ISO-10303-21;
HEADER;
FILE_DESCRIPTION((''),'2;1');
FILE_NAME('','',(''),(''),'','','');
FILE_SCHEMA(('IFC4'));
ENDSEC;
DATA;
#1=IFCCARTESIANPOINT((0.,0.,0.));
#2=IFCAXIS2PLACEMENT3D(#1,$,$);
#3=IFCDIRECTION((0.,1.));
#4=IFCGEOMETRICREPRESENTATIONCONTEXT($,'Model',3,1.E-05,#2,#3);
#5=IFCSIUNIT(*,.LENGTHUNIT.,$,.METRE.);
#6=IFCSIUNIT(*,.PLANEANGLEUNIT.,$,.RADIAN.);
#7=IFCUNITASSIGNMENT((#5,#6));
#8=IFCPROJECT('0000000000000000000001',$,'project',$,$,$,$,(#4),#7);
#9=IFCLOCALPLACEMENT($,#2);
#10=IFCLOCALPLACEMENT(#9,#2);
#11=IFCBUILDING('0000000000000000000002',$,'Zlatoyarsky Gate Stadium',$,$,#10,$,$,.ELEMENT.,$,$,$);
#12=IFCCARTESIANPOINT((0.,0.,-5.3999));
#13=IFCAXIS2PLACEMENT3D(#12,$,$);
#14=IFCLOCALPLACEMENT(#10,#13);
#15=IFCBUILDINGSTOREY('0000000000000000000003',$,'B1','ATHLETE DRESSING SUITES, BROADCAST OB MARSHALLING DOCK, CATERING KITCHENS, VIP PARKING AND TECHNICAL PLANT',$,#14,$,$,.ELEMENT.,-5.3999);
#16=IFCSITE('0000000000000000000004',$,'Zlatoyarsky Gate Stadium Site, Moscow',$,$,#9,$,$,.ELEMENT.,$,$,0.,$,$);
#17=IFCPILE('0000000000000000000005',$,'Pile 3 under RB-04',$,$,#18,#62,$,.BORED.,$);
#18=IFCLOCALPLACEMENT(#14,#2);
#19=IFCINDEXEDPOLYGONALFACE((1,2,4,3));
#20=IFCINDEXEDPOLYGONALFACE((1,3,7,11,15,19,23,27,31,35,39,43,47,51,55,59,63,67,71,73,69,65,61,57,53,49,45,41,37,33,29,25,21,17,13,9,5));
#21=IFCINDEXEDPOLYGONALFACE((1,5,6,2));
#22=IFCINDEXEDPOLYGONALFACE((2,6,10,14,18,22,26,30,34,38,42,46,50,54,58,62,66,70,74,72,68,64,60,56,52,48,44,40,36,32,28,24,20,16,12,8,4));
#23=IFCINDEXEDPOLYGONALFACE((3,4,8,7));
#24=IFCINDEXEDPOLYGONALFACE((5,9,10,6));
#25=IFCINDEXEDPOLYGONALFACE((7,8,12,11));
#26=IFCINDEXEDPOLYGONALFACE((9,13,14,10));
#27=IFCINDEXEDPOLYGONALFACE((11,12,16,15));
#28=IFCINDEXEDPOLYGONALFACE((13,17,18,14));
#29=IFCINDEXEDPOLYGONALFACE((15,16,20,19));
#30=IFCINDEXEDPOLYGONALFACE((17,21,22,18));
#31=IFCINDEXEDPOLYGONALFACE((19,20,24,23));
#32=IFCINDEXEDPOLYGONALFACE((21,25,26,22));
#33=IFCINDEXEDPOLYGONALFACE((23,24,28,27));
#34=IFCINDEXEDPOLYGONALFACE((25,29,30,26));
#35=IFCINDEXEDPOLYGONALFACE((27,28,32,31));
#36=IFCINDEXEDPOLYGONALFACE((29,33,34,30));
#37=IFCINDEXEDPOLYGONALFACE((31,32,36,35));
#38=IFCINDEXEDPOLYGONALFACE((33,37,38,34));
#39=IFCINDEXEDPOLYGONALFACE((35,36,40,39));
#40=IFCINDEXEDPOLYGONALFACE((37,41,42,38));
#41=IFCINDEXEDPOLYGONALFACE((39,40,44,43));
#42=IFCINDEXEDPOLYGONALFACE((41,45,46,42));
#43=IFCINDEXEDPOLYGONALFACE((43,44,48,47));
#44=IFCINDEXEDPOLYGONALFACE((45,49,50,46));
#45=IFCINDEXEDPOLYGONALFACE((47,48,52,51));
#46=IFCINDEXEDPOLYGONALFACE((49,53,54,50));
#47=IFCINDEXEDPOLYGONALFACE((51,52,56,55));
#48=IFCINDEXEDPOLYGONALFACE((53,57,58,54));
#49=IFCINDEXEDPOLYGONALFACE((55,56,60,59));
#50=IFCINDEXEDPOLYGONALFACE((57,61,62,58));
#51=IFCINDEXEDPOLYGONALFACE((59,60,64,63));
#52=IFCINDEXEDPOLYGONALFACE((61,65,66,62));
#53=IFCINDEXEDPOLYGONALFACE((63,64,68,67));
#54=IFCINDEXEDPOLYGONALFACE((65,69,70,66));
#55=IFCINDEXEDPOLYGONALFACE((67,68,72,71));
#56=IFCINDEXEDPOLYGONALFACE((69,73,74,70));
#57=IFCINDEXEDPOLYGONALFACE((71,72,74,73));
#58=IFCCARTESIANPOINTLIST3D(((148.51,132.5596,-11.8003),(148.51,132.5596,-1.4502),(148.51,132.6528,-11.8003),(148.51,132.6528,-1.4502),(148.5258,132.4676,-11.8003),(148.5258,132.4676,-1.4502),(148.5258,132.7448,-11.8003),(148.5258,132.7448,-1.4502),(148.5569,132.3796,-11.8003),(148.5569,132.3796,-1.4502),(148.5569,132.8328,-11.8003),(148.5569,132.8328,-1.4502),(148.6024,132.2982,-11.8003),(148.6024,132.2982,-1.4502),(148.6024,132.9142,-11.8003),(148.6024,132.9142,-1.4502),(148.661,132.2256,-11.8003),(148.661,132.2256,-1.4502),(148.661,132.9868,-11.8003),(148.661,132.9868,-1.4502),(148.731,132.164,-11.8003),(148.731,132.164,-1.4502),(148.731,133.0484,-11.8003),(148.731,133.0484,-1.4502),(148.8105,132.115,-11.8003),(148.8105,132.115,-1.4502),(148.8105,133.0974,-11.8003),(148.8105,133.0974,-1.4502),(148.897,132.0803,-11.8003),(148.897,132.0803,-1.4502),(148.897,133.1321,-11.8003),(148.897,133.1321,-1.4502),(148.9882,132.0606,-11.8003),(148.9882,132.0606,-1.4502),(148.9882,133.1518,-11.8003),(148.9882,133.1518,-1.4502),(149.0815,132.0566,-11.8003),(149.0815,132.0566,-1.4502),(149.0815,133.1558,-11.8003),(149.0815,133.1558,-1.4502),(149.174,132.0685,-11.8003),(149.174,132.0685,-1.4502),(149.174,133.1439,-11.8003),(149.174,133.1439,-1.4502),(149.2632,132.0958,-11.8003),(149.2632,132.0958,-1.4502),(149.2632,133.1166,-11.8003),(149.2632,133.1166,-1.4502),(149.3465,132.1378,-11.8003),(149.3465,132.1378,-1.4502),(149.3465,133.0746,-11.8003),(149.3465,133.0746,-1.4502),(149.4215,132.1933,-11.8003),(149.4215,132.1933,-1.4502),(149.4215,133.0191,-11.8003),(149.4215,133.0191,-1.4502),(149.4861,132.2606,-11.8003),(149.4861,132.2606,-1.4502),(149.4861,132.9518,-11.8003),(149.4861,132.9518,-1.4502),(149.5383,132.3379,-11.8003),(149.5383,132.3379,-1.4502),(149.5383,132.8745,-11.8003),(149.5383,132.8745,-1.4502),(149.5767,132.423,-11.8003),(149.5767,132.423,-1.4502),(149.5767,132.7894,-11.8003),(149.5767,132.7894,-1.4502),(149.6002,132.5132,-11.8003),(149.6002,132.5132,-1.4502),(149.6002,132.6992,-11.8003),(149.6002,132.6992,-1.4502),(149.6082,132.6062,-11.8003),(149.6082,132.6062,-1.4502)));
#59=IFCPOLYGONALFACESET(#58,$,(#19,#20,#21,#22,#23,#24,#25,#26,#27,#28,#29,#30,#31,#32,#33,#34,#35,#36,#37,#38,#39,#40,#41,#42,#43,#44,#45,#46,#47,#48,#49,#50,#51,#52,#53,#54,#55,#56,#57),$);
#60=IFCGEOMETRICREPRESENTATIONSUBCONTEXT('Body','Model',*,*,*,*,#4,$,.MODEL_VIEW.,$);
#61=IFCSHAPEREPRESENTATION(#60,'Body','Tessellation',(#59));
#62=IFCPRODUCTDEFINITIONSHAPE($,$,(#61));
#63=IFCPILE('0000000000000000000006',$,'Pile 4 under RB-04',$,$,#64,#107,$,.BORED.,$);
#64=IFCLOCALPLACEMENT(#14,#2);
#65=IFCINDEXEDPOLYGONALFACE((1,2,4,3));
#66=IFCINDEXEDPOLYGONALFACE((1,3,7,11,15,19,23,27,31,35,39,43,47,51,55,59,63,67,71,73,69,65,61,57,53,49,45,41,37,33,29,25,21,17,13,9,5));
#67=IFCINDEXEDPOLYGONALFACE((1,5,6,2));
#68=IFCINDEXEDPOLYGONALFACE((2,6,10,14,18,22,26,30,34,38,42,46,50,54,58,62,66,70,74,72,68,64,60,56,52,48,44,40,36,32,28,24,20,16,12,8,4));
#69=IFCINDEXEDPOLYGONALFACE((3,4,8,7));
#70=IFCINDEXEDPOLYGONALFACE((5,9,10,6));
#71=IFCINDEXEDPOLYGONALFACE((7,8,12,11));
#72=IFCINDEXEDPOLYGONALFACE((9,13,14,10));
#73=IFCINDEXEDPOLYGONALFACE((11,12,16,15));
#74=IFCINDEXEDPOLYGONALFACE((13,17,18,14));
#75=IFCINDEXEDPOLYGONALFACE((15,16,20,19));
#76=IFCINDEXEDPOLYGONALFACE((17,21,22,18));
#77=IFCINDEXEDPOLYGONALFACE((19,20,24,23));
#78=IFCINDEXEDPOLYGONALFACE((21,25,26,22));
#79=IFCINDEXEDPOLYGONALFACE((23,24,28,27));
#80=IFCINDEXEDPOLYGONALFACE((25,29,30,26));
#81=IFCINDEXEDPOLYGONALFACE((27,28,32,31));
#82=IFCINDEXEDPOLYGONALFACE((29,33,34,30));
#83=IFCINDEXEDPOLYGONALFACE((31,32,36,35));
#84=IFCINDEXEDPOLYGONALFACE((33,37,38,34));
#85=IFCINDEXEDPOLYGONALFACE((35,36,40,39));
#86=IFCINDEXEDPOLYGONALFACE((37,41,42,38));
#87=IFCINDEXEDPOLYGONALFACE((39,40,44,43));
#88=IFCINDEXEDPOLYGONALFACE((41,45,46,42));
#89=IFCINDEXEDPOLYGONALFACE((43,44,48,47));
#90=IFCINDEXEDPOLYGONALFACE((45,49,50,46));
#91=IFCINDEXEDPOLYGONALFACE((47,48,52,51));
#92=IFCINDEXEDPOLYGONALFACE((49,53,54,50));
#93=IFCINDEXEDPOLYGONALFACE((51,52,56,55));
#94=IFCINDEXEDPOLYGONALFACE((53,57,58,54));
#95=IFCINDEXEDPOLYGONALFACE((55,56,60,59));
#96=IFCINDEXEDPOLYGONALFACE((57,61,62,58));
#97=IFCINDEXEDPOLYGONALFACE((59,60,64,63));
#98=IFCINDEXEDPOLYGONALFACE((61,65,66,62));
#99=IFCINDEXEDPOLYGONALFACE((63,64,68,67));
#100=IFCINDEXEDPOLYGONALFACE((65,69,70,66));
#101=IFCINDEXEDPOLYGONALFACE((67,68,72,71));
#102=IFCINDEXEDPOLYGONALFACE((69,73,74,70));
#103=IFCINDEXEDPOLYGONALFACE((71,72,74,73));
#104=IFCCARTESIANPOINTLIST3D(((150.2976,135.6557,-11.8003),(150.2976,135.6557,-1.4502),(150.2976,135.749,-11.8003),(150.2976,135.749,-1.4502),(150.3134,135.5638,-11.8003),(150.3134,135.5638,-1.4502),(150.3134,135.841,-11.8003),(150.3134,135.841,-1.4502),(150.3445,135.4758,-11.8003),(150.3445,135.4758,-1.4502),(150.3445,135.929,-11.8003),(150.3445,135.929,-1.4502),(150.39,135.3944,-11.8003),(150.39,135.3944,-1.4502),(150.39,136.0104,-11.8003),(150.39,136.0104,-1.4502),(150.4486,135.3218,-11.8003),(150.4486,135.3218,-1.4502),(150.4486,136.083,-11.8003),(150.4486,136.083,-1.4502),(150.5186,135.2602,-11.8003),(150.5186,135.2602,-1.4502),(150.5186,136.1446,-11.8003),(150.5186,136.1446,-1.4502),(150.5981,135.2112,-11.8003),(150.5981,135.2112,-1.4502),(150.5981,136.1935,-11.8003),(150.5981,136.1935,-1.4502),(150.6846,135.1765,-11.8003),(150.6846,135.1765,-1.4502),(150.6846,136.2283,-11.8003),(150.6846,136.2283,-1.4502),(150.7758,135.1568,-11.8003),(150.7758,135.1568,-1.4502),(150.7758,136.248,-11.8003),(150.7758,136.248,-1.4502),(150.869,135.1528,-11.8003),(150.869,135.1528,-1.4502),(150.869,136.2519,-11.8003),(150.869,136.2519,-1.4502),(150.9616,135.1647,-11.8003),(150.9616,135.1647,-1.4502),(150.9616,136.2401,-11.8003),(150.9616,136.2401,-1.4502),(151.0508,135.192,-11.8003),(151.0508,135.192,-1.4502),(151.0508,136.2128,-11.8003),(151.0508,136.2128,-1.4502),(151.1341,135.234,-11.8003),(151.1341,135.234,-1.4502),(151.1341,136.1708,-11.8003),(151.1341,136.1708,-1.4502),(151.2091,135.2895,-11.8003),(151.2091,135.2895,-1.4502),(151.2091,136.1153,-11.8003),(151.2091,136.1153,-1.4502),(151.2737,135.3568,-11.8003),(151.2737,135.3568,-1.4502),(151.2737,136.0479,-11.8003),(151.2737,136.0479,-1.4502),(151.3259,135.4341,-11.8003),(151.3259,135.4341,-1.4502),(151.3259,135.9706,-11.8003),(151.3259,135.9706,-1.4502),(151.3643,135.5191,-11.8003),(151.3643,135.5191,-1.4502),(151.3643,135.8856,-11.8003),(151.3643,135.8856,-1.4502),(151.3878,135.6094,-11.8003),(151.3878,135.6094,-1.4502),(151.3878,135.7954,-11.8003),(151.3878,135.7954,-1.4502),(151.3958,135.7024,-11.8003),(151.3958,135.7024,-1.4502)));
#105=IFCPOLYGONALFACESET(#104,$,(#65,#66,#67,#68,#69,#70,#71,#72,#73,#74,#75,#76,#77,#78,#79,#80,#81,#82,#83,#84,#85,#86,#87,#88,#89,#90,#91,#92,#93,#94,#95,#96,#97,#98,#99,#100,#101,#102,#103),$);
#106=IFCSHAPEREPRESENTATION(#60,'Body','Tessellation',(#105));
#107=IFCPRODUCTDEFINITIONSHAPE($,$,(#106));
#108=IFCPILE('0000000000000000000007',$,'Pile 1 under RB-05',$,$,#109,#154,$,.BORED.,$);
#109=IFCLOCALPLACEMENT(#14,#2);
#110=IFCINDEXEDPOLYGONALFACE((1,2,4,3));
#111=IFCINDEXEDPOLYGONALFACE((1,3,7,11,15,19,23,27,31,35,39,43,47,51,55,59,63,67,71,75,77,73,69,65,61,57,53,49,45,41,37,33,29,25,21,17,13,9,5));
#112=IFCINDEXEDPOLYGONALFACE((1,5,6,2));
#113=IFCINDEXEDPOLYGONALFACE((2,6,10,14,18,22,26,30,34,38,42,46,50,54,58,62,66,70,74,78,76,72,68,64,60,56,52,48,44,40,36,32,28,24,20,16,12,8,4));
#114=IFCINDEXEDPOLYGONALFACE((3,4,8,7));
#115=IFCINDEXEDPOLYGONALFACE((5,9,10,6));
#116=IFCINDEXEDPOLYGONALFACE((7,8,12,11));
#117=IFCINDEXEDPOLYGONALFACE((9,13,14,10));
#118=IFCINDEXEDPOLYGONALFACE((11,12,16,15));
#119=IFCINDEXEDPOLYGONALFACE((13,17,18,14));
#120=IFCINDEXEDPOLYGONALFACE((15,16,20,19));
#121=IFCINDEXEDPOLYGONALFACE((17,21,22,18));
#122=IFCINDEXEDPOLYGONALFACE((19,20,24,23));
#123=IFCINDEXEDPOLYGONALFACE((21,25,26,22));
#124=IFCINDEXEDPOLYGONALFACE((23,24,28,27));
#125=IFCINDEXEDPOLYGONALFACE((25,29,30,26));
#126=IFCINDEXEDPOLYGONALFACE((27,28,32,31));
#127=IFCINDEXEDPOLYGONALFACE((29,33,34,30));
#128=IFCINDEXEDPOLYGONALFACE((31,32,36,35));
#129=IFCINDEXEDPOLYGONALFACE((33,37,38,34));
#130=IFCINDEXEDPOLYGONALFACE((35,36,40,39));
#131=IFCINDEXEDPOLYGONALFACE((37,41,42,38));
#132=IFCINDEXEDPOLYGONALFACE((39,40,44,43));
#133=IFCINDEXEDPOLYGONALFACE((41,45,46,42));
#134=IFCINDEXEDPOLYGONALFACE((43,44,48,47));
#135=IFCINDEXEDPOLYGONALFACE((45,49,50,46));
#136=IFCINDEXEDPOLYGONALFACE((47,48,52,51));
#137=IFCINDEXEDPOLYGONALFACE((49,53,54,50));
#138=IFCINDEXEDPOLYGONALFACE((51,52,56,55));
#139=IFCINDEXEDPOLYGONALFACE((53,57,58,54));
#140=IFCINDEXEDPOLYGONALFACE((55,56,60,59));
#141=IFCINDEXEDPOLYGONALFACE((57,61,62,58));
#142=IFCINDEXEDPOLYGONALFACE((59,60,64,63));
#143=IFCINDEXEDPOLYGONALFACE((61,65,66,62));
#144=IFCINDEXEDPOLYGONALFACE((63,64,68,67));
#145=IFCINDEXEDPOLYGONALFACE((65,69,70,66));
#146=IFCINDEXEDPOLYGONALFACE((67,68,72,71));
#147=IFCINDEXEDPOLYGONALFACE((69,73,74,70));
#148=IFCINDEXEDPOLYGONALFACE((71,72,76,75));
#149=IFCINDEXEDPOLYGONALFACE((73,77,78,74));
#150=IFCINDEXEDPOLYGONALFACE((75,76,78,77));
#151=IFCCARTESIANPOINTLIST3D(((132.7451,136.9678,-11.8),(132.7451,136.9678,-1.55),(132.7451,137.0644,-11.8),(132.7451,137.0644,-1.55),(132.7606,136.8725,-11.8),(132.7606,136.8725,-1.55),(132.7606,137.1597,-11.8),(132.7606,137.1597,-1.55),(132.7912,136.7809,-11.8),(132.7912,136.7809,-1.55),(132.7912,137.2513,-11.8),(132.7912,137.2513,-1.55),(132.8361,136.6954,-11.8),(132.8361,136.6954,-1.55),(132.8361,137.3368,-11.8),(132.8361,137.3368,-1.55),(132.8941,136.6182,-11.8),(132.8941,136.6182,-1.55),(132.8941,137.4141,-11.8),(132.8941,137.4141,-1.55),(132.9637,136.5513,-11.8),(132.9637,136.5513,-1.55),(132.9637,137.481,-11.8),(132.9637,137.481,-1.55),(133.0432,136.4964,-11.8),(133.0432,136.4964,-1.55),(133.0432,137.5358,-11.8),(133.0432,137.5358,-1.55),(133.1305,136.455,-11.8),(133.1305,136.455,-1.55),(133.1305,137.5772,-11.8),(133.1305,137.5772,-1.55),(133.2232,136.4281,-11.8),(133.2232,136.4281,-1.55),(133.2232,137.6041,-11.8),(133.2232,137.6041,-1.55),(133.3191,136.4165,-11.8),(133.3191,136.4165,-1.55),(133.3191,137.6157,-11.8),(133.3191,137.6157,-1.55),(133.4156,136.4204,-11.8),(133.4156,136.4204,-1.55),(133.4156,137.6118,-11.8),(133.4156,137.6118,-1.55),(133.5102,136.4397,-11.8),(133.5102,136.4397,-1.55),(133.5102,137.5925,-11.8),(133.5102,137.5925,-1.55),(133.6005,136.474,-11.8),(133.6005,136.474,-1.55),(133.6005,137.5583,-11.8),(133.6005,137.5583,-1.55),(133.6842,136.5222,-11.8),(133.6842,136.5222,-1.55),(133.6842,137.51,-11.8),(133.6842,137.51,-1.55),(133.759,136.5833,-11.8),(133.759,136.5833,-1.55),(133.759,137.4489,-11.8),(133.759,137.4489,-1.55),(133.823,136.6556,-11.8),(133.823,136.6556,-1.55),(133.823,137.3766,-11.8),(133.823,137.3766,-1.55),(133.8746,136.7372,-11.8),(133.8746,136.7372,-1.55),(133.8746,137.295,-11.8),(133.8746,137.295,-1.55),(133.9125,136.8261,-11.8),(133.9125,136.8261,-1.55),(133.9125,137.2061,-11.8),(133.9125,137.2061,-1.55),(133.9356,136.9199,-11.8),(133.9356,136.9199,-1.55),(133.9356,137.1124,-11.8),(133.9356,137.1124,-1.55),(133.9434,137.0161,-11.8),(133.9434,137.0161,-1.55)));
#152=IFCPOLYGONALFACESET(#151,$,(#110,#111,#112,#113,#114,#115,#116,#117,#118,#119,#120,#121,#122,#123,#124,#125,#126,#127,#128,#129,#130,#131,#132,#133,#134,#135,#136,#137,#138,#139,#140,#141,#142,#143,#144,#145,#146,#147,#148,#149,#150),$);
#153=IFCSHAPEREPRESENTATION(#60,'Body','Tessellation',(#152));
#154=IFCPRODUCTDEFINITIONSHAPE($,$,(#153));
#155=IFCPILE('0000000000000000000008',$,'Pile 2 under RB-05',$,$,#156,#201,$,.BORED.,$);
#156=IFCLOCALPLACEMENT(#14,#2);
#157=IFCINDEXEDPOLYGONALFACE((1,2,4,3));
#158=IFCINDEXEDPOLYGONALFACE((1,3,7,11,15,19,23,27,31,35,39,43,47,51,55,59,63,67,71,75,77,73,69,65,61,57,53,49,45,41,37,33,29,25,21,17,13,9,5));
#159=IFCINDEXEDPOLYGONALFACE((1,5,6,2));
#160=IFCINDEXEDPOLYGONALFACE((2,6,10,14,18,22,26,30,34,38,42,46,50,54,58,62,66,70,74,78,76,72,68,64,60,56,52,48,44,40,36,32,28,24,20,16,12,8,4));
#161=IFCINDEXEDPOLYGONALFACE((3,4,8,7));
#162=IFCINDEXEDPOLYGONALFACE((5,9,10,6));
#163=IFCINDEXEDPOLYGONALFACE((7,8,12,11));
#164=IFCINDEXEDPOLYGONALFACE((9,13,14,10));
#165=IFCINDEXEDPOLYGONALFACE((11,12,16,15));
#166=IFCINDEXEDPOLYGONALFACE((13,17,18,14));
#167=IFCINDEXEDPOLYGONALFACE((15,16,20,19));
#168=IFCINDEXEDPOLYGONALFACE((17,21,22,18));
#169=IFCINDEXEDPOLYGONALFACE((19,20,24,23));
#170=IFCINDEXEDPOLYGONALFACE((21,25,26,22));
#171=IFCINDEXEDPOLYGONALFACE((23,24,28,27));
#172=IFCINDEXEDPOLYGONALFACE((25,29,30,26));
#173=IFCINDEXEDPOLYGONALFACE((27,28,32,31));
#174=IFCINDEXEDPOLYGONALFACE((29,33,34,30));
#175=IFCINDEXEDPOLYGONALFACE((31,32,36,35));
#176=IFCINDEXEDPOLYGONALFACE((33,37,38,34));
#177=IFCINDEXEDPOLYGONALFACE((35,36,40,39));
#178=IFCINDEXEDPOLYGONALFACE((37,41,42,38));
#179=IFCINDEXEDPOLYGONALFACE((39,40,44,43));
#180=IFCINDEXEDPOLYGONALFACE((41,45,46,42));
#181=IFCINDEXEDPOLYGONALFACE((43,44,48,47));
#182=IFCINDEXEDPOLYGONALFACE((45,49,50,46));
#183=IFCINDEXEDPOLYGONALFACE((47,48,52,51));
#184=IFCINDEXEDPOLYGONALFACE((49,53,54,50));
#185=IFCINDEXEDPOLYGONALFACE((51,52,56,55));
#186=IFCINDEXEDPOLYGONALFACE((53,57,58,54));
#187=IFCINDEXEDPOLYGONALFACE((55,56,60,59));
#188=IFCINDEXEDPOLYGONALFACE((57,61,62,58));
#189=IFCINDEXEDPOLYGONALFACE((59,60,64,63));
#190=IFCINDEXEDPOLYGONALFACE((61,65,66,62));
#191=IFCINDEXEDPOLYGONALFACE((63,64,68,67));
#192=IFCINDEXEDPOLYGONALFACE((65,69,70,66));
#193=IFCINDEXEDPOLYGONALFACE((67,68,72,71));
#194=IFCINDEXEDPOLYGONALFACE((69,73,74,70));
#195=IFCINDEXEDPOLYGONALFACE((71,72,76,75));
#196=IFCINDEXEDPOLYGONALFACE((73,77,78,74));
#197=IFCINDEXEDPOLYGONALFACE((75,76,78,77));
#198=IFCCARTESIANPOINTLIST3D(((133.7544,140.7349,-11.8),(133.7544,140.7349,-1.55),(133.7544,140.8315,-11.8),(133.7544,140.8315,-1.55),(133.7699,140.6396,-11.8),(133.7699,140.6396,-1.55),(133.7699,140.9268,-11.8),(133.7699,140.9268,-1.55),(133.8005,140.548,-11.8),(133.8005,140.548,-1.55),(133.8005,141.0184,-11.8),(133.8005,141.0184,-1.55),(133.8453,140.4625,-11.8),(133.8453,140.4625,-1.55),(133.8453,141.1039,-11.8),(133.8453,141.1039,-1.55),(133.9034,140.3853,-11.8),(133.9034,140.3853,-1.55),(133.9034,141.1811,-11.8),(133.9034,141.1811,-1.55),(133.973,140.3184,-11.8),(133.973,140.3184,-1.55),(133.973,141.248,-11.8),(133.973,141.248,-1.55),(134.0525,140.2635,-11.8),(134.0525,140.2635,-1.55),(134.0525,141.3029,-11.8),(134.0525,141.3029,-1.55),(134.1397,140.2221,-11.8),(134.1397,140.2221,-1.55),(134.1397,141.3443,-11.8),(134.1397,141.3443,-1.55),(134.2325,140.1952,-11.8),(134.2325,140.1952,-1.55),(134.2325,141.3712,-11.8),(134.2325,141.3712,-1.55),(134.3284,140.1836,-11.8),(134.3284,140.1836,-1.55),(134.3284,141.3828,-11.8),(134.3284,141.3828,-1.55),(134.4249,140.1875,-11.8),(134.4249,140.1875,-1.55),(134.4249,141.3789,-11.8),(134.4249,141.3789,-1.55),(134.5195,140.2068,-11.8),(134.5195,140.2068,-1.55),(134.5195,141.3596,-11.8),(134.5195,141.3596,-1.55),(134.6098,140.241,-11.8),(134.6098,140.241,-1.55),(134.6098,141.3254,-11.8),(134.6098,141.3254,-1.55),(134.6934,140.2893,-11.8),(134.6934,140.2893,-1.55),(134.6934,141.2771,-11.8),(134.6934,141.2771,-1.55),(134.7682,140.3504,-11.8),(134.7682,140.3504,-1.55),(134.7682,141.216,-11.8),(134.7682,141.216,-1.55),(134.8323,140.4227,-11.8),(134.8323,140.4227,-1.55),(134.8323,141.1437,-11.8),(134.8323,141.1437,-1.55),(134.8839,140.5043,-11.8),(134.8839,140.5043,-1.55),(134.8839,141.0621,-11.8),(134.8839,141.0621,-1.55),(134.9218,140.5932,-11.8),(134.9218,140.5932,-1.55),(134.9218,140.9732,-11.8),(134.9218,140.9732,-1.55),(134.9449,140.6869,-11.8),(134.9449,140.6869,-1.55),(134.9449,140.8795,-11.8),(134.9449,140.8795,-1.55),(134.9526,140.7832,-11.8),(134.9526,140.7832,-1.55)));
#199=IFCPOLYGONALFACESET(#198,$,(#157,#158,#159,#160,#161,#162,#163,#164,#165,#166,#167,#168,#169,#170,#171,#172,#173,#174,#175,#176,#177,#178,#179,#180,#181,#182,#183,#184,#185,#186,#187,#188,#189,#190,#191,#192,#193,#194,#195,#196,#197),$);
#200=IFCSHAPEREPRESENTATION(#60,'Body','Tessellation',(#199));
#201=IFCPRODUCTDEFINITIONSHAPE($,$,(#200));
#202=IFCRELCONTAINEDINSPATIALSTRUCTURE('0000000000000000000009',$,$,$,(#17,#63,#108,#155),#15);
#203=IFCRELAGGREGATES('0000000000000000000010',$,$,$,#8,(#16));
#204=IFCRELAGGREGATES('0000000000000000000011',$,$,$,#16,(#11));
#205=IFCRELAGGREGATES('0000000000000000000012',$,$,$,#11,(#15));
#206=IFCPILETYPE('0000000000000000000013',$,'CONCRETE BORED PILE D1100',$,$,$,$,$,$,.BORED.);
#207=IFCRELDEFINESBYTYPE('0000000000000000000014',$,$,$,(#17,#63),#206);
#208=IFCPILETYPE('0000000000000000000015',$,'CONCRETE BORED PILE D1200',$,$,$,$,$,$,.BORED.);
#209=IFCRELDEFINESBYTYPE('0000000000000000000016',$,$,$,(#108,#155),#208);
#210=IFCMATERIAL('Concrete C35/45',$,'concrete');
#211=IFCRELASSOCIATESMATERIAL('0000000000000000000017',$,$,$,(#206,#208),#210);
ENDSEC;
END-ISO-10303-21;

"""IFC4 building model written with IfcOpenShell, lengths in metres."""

from ifc_helpers import new_model, si_unit, direction, frame, origin, origin_2d, place, context, subcontext, project, spatial, circle, extrude, material, material_profile, profile_set, type_object, element, save


model = new_model("IFC4")

# Units and contexts
model_context = context("Model", 3, precision=1e-05, world=origin(), true_north=direction((0.0, 1.0)))
body_context = subcontext(model_context, "Body", "Model", "MODEL_VIEW")
ifc_project = project(units=[si_unit("LENGTHUNIT", "METRE"), si_unit("PLANEANGLEUNIT", "RADIAN")], contexts=[model_context])

# Site, building, storey
site_placement = place(None, origin())
site = spatial("IfcSite", under=ifc_project, at=site_placement, Name="Zlatoyarsky Gate Stadium Site, Moscow", CompositionType="ELEMENT", RefElevation=0.0)
building_placement = place(site_placement, origin())
building = spatial("IfcBuilding", under=site, at=building_placement, Name="Zlatoyarsky Gate Stadium", CompositionType="ELEMENT")
storey_placement = place(building_placement, frame((0.0, 0.0, -5.3999)))
storey = spatial("IfcBuildingStorey", under=building, at=storey_placement, Name="B1", Description="ATHLETE DRESSING SUITES, BROADCAST OB MARSHALLING DOCK, CATERING KITCHENS, VIP PARKING AND TECHNICAL PLANT", CompositionType="ELEMENT", Elevation=-5.3999)

# Piles
ifc_material_1 = material(Name="Concrete C35/45", Category="concrete")
ifc_material_profile_1 = material_profile(ifc_material_1, circle(Radius=0.55, at=origin_2d()), Name="BORED PILE D1100")
ifc_profile_set_1 = profile_set([ifc_material_profile_1], Name="Concrete C35/45")
pile_type_1 = type_object("IfcPileType", Name="CONCRETE BORED PILE D1100", PredefinedType="BORED", material=ifc_profile_set_1)
for number, where, z_axis, x_axis, name in (
    (1, (149.0581, 132.6062, -1.4502), (0.0, 0.0, -1.0), (1.0, 0.0, 0.0), "Pile 3 under RB-04"),
    (2, (150.8457, 135.7024, -1.4502), (0.0, 0.0, -1.0), (1.0, 0.0, 0.0), "Pile 4 under RB-04"),
):
    element("IfcPile", number, at=place(storey_placement, frame(where, z_axis=z_axis, x_axis=x_axis)), inside=storey, type_object=pile_type_1, Name=name, PredefinedType="BORED", context=body_context, shape_type="SweptSolid", body=[
        extrude(circle(Radius=0.55, at=origin_2d()), origin(), (0.0, 0.0, 1.0), 10.3501),
    ])
ifc_material_profile_2 = material_profile(ifc_material_1, circle(Radius=0.6001, at=origin_2d()), Name="BORED PILE D1200")
ifc_profile_set_2 = profile_set([ifc_material_profile_2], Name="Concrete C35/45")
pile_type_2 = type_object("IfcPileType", Name="CONCRETE BORED PILE D1200", PredefinedType="BORED", material=ifc_profile_set_2)
for number, where, z_axis, x_axis, name in (
    (3, (133.3433, 137.0161, -1.55), (0.0, 0.0, -1.0), (1.0, 0.0, 0.0), "Pile 1 under RB-05"),
    (4, (134.3525, 140.7832, -1.55), (0.0, 0.0, -1.0), (1.0, 0.0, 0.0), "Pile 2 under RB-05"),
):
    element("IfcPile", number, at=place(storey_placement, frame(where, z_axis=z_axis, x_axis=x_axis)), inside=storey, type_object=pile_type_2, Name=name, PredefinedType="BORED", context=body_context, shape_type="SweptSolid", body=[
        extrude(circle(Radius=0.6001, at=origin_2d()), origin(), (0.0, 0.0, 1.0), 10.25),
    ])

save(model, "model.ifc")
